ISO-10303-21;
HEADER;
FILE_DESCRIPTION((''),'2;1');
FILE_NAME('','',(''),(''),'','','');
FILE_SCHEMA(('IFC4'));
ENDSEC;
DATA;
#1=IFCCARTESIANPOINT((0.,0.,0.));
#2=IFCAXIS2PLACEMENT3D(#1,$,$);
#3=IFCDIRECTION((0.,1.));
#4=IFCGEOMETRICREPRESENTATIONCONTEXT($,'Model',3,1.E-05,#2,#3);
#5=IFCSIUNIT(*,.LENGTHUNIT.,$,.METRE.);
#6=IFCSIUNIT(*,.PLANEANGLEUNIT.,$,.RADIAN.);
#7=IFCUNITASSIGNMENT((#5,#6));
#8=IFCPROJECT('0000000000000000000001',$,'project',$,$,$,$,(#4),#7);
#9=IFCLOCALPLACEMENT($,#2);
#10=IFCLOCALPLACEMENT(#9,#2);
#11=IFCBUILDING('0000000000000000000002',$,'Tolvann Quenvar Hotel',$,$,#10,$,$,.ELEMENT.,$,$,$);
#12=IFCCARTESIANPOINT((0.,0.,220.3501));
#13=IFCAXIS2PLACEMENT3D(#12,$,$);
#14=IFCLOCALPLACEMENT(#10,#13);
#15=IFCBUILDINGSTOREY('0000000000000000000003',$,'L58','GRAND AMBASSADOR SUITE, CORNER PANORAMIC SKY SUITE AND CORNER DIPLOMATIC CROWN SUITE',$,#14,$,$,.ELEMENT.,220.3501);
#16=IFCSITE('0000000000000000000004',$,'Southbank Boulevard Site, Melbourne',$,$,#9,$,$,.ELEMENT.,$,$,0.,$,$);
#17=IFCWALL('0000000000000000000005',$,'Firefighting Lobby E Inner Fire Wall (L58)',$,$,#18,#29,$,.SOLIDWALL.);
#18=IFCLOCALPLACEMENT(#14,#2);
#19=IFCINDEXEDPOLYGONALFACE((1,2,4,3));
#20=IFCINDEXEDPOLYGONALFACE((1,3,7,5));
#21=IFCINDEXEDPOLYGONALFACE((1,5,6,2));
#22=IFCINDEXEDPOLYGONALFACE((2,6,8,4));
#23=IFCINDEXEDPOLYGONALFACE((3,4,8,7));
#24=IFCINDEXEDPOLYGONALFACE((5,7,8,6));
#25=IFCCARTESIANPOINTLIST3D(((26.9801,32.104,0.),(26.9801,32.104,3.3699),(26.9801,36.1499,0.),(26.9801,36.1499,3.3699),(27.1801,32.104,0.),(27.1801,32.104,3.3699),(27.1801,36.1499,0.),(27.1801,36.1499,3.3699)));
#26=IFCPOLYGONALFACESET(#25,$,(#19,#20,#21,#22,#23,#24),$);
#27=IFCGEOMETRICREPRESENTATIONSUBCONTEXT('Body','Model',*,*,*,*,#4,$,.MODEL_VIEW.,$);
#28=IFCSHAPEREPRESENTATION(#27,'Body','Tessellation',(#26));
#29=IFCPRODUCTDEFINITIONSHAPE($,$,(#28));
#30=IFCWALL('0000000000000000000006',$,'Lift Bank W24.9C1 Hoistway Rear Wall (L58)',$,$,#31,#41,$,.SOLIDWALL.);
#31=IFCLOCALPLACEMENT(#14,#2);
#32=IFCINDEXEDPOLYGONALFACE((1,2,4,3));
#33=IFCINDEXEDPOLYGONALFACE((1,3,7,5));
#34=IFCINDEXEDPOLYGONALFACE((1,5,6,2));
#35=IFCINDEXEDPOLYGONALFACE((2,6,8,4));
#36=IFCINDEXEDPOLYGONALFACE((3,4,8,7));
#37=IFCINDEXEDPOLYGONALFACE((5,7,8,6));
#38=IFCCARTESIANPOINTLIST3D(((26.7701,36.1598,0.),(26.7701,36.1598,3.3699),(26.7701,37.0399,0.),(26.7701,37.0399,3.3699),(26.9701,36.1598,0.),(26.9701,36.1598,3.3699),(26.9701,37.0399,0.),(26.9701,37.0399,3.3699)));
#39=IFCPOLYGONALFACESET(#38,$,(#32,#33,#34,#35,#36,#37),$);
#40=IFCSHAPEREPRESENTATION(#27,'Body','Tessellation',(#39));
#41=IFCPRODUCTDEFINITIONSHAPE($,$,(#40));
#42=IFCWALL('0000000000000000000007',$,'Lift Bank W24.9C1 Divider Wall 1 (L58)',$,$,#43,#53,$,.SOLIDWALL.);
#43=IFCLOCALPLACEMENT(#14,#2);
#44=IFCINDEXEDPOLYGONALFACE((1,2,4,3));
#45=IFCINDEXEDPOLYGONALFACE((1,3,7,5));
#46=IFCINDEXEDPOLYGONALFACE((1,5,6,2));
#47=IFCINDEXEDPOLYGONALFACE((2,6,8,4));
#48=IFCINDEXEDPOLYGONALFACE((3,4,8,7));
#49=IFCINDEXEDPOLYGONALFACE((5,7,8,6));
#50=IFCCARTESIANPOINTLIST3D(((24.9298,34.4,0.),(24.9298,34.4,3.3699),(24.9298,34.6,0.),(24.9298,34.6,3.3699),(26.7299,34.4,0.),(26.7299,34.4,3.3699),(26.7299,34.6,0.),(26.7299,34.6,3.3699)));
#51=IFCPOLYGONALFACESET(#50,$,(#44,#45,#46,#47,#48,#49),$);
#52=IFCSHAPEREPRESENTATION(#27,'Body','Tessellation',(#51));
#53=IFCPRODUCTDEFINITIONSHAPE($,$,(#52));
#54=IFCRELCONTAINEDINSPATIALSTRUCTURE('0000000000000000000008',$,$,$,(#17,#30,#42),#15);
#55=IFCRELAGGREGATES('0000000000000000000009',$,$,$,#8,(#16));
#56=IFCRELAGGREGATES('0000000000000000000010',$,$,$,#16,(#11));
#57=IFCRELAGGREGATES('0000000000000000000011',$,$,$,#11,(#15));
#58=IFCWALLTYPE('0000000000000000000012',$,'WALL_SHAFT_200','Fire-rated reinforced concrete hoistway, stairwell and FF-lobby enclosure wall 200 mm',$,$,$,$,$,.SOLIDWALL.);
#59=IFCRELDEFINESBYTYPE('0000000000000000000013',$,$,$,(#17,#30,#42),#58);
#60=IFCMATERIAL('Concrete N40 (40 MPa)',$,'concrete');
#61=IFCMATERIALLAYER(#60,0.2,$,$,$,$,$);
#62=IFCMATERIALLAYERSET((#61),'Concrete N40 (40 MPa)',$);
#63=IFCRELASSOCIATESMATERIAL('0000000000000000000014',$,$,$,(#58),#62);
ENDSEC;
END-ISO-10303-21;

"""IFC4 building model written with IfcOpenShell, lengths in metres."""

from ifc_helpers import new_model, si_unit, direction, frame, frame_2d, origin, place, context, subcontext, project, spatial, rectangle, extrude, material, layer, layer_set, type_object, element, save


model = new_model("IFC4")

# Units and contexts
model_context = context("Model", 3, precision=1e-05, world=origin(), true_north=direction((0.0, 1.0)))
body_context = subcontext(model_context, "Body", "Model", "MODEL_VIEW")
ifc_project = project(units=[si_unit("LENGTHUNIT", "METRE"), si_unit("PLANEANGLEUNIT", "RADIAN")], contexts=[model_context])

# Site, building, storey
site_placement = place(None, origin())
site = spatial("IfcSite", under=ifc_project, at=site_placement, Name="Southbank Boulevard Site, Melbourne", CompositionType="ELEMENT", RefElevation=0.0)
building_placement = place(site_placement, origin())
building = spatial("IfcBuilding", under=site, at=building_placement, Name="Tolvann Quenvar Hotel", CompositionType="ELEMENT")
storey_placement = place(building_placement, frame((0.0, 0.0, 220.3501)))
storey = spatial("IfcBuildingStorey", under=building, at=storey_placement, Name="L58", Description="GRAND AMBASSADOR SUITE, CORNER PANORAMIC SKY SUITE AND CORNER DIPLOMATIC CROWN SUITE", CompositionType="ELEMENT", Elevation=220.3501)

# Wall
ifc_material_1 = material(Name="Concrete N40 (40 MPa)", Category="concrete")
ifc_layer_1 = layer(ifc_material_1, 0.2)
ifc_layer_set_1 = layer_set([ifc_layer_1], Name="Concrete N40 (40 MPa)")
wall_type_1 = type_object("IfcWallType", Name="WALL_SHAFT_200", Description="Fire-rated reinforced concrete hoistway, stairwell and FF-lobby enclosure wall 200 mm", PredefinedType="SOLIDWALL", material=ifc_layer_set_1)
wall_1_placement = place(storey_placement, frame((27.0801, 32.104, 0.0), z_axis=(0.0, 0.0, 1.0), x_axis=(0.0, 1.0, 0.0)))
element("IfcWall", 1, at=wall_1_placement, inside=storey, type_object=wall_type_1, Name="Firefighting Lobby E Inner Fire Wall (L58)", PredefinedType="SOLIDWALL", context=body_context, shape_type="SweptSolid", body=[
    extrude(rectangle(XDim=4.0459, YDim=0.2, at=frame_2d((2.0229, 0.0))), origin(), (0.0, 0.0, 1.0), 3.3699),
])

# Walls
wall_2_placement = place(storey_placement, frame((26.8701, 36.1599, 0.0), z_axis=(0.0, 0.0, 1.0), x_axis=(0.0, 1.0, 0.0)))
element("IfcWall", 2, at=wall_2_placement, inside=storey, type_object=wall_type_1, Name="Lift Bank W24.9C1 Hoistway Rear Wall (L58)", PredefinedType="SOLIDWALL", context=body_context, shape_type="SweptSolid", body=[
    extrude(rectangle(XDim=0.8801, YDim=0.2, at=frame_2d((0.4399, 0.0))), origin(), (0.0, 0.0, 1.0), 3.3699),
])
wall_3_placement = place(storey_placement, frame((24.9299, 34.5, 0.0), z_axis=(0.0, 0.0, 1.0), x_axis=(1.0, 0.0, 0.0)))
element("IfcWall", 3, at=wall_3_placement, inside=storey, type_object=wall_type_1, Name="Lift Bank W24.9C1 Divider Wall 1 (L58)", PredefinedType="SOLIDWALL", context=body_context, shape_type="SweptSolid", body=[
    extrude(rectangle(XDim=1.8, YDim=0.2, at=frame_2d((0.8999, 0.0))), origin(), (0.0, 0.0, 1.0), 3.3699),
])

save(model, "model.ifc")
